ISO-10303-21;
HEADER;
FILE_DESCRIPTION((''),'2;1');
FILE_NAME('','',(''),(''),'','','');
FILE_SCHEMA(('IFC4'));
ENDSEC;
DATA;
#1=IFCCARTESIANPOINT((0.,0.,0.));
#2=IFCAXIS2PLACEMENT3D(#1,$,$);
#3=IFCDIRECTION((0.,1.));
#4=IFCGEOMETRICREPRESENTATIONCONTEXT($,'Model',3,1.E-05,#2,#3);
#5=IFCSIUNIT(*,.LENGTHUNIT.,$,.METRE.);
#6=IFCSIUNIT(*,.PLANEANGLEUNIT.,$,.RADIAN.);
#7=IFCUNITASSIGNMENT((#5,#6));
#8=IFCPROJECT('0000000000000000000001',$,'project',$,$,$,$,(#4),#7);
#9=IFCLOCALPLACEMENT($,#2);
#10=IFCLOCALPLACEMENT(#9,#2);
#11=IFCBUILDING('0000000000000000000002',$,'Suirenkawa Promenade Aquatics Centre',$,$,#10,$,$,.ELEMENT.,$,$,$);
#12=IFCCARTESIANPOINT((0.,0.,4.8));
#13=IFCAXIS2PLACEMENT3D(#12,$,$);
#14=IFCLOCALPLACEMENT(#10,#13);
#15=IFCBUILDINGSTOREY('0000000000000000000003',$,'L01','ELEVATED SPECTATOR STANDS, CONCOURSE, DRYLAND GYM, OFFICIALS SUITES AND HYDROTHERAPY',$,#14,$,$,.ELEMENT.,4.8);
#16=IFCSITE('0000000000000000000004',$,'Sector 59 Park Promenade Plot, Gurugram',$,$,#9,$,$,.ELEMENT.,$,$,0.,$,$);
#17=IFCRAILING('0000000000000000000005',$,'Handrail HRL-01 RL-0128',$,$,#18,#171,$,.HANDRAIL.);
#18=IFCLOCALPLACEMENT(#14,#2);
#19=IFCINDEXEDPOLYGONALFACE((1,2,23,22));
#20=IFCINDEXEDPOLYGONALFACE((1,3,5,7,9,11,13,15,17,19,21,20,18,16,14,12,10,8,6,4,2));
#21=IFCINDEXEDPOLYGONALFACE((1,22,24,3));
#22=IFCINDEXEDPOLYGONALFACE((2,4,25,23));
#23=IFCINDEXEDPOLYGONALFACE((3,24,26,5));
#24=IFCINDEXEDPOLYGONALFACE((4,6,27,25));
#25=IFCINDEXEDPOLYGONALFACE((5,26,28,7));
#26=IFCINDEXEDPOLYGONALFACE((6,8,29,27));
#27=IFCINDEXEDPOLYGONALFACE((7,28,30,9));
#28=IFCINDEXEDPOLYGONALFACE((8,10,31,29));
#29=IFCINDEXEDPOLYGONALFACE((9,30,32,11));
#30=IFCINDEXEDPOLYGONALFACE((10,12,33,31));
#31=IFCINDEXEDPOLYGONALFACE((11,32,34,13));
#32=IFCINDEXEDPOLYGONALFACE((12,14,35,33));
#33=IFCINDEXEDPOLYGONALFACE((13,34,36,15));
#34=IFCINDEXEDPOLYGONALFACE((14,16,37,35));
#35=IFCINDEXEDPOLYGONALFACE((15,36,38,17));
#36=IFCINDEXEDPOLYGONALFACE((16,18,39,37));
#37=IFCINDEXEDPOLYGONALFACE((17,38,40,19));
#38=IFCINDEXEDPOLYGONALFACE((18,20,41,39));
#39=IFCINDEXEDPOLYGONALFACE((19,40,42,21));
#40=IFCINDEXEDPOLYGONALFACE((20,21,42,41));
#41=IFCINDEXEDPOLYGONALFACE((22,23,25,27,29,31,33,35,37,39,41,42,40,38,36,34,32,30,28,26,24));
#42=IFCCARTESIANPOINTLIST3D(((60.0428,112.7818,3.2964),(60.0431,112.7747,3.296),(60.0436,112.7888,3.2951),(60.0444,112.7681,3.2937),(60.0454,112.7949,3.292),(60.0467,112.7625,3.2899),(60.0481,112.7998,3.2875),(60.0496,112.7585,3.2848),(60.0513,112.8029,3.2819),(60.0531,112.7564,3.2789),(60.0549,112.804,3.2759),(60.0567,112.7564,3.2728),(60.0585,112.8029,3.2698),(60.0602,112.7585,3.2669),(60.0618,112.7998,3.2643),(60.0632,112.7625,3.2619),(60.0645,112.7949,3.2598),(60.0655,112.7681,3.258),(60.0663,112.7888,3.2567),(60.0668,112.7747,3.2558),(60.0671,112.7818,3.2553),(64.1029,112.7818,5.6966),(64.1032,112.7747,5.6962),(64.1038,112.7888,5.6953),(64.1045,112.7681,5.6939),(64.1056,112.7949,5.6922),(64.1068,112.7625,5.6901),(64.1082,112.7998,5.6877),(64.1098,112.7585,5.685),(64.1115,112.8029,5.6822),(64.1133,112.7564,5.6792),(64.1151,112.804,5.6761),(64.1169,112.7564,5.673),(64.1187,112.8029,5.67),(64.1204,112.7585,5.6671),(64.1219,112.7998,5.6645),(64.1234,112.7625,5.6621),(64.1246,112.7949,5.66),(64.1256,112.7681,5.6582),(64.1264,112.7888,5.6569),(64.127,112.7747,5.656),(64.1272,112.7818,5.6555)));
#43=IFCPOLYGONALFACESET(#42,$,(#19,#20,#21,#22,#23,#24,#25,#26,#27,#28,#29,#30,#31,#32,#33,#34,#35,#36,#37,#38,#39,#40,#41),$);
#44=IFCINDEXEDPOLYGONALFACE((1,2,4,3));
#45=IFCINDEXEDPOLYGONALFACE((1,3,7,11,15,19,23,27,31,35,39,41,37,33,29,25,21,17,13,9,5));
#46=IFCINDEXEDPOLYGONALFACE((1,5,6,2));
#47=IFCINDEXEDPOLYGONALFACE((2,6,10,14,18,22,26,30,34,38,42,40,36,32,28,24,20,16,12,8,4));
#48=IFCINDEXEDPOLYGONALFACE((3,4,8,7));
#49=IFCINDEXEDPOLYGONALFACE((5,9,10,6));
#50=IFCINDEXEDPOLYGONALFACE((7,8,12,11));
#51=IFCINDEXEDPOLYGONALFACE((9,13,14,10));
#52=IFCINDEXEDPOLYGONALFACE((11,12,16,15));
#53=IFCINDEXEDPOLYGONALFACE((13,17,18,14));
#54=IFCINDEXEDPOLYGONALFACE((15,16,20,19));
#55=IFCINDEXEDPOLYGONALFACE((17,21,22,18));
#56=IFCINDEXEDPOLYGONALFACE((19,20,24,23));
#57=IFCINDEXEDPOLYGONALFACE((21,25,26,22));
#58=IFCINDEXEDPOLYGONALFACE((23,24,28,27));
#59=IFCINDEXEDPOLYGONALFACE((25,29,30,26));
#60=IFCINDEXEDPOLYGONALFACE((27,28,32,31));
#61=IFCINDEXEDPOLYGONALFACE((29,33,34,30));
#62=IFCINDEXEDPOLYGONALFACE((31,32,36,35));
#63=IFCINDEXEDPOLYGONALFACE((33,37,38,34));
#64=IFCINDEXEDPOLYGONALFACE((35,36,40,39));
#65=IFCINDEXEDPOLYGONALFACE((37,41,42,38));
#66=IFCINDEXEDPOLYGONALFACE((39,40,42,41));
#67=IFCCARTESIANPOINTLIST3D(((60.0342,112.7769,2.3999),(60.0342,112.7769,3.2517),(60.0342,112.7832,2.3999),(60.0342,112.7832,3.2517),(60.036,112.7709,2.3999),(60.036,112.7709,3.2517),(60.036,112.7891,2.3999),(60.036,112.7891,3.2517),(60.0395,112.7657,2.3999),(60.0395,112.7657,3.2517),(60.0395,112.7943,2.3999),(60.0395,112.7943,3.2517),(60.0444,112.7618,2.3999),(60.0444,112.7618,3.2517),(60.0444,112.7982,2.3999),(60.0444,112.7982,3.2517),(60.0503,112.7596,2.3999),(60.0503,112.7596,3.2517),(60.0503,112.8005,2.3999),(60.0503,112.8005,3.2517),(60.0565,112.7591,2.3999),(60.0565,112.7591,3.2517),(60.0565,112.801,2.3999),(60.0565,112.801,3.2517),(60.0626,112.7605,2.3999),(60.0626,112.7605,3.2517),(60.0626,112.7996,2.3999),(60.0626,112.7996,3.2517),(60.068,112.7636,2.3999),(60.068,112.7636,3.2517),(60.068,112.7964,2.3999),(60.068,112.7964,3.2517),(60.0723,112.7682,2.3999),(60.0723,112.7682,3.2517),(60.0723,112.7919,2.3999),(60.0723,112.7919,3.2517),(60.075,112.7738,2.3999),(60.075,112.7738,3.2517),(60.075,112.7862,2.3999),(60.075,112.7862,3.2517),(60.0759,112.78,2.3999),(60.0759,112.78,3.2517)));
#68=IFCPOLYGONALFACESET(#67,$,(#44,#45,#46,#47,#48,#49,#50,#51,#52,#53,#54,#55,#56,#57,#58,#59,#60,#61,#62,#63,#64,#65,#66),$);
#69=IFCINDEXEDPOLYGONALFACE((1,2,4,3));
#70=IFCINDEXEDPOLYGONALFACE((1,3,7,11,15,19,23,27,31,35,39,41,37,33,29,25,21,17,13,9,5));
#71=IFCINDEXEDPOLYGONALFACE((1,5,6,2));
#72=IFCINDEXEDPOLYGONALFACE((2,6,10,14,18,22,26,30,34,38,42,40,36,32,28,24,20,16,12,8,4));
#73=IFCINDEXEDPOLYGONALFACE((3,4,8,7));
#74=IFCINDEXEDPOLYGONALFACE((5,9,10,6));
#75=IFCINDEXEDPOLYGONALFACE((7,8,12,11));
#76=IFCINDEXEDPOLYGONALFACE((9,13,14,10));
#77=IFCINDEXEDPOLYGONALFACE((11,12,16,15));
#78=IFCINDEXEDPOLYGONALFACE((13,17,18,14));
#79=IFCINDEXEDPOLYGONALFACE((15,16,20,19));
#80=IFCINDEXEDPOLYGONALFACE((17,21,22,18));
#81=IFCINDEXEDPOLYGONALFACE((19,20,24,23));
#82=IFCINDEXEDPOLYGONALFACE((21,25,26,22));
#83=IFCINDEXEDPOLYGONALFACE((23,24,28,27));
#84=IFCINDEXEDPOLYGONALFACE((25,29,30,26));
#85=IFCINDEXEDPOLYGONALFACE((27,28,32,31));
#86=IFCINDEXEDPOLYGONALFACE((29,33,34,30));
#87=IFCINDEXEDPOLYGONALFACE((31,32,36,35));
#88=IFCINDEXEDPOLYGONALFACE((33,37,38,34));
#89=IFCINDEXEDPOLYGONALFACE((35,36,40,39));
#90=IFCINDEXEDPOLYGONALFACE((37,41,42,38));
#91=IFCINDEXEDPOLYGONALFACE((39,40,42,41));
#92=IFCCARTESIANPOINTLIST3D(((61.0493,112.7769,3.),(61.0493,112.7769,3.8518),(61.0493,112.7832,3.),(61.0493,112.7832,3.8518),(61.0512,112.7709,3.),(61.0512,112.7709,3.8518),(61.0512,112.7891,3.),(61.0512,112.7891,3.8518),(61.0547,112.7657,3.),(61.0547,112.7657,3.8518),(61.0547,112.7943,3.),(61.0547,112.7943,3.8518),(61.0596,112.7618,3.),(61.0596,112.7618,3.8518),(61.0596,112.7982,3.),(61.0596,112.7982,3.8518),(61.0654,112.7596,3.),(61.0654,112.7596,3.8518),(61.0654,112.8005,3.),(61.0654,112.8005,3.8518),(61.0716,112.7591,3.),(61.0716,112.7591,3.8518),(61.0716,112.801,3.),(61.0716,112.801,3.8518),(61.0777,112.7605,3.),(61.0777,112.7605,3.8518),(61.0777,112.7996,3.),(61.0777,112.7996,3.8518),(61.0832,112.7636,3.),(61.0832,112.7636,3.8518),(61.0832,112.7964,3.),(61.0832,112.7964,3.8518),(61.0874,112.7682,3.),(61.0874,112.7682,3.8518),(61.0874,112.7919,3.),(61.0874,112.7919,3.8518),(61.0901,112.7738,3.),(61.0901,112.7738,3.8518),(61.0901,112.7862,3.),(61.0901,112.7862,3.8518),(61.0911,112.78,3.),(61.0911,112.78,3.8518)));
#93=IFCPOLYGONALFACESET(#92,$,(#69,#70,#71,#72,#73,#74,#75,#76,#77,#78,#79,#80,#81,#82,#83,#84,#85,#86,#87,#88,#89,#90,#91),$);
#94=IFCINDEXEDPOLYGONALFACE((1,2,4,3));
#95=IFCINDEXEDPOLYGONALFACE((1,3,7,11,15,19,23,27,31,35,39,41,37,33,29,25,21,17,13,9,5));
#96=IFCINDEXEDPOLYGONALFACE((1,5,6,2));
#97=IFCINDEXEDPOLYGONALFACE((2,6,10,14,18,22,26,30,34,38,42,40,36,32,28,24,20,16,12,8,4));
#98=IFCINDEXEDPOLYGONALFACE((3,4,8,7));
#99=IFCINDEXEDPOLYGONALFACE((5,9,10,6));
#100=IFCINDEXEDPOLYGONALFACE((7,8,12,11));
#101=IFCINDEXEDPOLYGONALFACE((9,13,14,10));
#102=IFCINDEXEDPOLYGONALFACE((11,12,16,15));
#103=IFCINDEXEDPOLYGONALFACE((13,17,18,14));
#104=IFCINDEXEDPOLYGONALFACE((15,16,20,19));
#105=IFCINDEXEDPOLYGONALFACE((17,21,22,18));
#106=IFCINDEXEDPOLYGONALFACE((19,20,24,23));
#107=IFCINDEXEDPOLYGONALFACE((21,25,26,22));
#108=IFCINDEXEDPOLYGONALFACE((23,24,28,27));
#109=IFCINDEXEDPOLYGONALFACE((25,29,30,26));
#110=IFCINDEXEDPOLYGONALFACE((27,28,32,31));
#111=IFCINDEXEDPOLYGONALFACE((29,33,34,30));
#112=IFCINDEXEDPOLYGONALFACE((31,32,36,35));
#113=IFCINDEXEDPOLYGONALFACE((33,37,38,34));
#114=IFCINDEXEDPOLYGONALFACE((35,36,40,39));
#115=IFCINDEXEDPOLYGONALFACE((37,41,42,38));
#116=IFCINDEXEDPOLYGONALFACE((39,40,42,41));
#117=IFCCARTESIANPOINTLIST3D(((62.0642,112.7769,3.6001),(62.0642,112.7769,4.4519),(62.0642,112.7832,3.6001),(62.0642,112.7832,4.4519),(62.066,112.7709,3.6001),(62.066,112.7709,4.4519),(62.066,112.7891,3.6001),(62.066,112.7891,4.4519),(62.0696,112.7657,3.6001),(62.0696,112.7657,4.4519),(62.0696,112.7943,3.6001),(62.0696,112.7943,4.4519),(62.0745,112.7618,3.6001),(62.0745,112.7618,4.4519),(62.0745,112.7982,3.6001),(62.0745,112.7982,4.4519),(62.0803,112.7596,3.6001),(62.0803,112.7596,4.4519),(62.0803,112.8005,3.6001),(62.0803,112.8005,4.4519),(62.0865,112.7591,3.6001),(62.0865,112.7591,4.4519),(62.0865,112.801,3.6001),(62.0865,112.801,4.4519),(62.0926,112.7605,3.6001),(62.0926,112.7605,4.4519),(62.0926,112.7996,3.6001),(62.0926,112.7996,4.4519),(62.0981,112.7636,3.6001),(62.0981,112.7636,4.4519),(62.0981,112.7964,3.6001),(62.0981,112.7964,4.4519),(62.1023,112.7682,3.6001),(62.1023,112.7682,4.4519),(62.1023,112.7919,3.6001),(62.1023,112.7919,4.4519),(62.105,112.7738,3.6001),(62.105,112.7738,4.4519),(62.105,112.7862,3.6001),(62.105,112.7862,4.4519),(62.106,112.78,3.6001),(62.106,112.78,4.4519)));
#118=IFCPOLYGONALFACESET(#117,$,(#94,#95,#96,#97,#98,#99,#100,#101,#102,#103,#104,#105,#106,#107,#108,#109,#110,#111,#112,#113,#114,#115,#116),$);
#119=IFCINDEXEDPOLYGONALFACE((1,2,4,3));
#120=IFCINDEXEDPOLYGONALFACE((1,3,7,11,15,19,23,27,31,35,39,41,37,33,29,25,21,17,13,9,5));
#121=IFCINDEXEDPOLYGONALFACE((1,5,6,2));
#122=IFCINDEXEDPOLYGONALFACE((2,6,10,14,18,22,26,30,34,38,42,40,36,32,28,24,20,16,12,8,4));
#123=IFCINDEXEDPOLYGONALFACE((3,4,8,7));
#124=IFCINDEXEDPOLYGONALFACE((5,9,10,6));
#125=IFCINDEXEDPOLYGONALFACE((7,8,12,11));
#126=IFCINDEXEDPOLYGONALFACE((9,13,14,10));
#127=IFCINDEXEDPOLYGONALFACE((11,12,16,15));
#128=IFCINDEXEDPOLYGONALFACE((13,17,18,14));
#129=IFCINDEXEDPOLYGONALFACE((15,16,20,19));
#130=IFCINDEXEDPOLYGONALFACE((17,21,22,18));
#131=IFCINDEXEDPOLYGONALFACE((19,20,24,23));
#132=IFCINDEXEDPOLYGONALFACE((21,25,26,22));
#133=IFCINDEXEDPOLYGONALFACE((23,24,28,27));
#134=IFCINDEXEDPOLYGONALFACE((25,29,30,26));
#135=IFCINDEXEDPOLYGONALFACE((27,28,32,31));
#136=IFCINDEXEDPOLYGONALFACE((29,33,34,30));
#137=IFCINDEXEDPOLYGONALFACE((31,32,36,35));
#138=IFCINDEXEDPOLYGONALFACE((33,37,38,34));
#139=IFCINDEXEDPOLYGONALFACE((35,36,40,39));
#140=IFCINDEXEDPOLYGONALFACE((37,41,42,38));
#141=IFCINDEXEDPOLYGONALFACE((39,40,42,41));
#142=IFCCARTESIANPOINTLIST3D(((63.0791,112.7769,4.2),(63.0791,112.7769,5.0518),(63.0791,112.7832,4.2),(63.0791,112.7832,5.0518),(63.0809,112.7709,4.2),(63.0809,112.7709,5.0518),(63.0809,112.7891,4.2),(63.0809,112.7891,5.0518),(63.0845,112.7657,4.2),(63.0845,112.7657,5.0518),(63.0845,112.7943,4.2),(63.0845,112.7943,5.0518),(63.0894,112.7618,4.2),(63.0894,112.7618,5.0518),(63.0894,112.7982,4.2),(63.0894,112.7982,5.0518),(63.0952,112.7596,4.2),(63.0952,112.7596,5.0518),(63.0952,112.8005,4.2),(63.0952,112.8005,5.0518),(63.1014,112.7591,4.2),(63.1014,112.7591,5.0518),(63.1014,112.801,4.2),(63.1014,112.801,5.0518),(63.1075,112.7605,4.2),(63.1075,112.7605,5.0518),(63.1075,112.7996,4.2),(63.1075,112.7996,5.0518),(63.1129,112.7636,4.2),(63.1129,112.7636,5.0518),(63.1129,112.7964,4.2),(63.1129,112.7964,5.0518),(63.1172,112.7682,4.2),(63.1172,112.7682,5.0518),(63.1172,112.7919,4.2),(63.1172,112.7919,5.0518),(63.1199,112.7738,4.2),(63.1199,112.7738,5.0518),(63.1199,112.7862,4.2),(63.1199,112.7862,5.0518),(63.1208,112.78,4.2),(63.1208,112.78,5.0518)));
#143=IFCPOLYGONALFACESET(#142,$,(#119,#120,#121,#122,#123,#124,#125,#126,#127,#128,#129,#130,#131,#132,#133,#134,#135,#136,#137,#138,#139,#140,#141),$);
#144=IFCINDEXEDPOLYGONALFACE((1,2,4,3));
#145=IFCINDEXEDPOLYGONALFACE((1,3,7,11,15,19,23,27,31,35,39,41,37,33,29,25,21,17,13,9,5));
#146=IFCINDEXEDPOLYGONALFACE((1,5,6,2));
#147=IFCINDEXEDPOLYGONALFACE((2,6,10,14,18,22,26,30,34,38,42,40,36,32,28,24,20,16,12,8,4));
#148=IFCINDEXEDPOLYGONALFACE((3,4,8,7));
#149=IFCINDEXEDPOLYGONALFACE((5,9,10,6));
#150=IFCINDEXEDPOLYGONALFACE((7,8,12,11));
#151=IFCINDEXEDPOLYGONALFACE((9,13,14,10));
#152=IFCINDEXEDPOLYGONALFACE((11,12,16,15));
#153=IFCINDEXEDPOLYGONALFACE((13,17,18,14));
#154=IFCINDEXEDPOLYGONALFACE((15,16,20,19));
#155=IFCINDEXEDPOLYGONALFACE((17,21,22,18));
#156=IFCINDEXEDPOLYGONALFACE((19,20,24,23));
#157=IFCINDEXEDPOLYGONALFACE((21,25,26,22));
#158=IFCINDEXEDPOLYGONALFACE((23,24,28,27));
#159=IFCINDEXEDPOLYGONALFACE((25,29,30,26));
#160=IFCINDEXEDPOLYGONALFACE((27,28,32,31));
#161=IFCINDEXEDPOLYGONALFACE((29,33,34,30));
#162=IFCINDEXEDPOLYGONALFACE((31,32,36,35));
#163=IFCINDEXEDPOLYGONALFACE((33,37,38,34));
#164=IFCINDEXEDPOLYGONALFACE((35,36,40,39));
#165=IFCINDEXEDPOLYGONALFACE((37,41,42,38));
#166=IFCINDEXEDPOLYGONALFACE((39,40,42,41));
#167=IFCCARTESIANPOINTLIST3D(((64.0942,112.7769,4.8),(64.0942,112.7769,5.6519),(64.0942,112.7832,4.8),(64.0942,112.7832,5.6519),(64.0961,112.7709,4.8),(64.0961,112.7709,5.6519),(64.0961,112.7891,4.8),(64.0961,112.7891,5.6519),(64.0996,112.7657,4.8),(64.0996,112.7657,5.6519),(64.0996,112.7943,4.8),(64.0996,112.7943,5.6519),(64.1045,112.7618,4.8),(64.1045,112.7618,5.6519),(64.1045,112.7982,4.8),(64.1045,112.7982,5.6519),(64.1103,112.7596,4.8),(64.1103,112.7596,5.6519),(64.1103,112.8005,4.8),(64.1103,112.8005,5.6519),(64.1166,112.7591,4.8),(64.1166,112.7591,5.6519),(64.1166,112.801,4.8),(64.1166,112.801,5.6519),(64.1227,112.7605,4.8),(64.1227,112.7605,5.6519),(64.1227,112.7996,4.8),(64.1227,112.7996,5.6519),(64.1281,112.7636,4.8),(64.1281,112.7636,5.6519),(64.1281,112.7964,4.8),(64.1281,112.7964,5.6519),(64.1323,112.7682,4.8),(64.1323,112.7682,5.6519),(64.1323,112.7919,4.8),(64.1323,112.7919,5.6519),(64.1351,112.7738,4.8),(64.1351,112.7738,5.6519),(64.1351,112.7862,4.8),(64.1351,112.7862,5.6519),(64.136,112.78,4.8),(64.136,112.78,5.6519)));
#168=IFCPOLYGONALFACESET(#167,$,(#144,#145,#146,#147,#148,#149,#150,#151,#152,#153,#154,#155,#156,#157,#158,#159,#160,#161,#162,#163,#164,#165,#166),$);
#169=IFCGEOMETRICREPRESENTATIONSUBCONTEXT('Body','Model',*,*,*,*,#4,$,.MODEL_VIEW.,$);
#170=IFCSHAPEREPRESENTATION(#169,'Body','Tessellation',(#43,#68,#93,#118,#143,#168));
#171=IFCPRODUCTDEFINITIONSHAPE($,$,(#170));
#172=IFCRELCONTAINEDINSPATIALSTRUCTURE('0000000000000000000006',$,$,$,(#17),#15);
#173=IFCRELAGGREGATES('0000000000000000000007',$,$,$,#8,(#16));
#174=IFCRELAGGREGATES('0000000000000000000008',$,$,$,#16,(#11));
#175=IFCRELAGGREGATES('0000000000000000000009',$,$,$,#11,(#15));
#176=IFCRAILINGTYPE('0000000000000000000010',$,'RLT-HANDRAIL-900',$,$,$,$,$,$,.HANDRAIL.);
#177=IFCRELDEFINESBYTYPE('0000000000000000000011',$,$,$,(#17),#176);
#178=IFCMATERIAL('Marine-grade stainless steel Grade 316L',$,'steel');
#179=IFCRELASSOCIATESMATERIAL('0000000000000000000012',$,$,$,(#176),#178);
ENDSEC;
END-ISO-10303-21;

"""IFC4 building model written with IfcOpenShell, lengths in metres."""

from ifc_helpers import new_model, si_unit, direction, frame, origin, origin_2d, place, context, subcontext, project, spatial, circle, extrude, material, type_object, element, save


model = new_model("IFC4")

# Units and contexts
model_context = context("Model", 3, precision=1e-05, world=origin(), true_north=direction((0.0, 1.0)))
body_context = subcontext(model_context, "Body", "Model", "MODEL_VIEW")
ifc_project = project(units=[si_unit("LENGTHUNIT", "METRE"), si_unit("PLANEANGLEUNIT", "RADIAN")], contexts=[model_context])

# Site, building, storey
site_placement = place(None, origin())
site = spatial("IfcSite", under=ifc_project, at=site_placement, Name="Sector 59 Park Promenade Plot, Gurugram", CompositionType="ELEMENT", RefElevation=0.0)
building_placement = place(site_placement, origin())
building = spatial("IfcBuilding", under=site, at=building_placement, Name="Suirenkawa Promenade Aquatics Centre", CompositionType="ELEMENT")
storey_placement = place(building_placement, frame((0.0, 0.0, 4.8)))
storey = spatial("IfcBuildingStorey", under=building, at=storey_placement, Name="L01", Description="ELEVATED SPECTATOR STANDS, CONCOURSE, DRYLAND GYM, OFFICIALS SUITES AND HYDROTHERAPY", CompositionType="ELEMENT", Elevation=4.8)

# Railing
ifc_material_1 = material(Name="Marine-grade stainless steel Grade 316L", Category="steel")
railing_type_1 = type_object("IfcRailingType", Name="RLT-HANDRAIL-900", PredefinedType="HANDRAIL", material=ifc_material_1)
for number, where, name in (
    (1, (60.0549, 112.78, 2.3999), "Handrail HRL-01 RL-0128"),
):
    element("IfcRailing", number, at=place(storey_placement, frame(where)), inside=storey, type_object=railing_type_1, Name=name, PredefinedType="HANDRAIL", context=body_context, shape_type="SweptSolid", body=[
        extrude(circle(Radius=0.0239, at=origin_2d()), frame((0.0, 0.0, 0.876), z_axis=(0.860832, 0.0, 0.50889), x_axis=(0.0, 1.0, 0.0)), (0.0, 0.0, 1.0), 4.7166),
        extrude(circle(Radius=0.021, at=origin_2d()), origin(), (0.0, 0.0, 1.0), 0.8518),
        extrude(circle(Radius=0.021, at=origin_2d()), frame((1.0151, 0.0, 0.6001)), (0.0, 0.0, 1.0), 0.8518),
        extrude(circle(Radius=0.021, at=origin_2d()), frame((2.03, 0.0, 1.2002)), (0.0, 0.0, 1.0), 0.8518),
        extrude(circle(Radius=0.021, at=origin_2d()), frame((3.0449, 0.0, 1.8)), (0.0, 0.0, 1.0), 0.8518),
        extrude(circle(Radius=0.021, at=origin_2d()), frame((4.0601, 0.0, 2.4001)), (0.0, 0.0, 1.0), 0.8518),
    ])

save(model, "model.ifc")
